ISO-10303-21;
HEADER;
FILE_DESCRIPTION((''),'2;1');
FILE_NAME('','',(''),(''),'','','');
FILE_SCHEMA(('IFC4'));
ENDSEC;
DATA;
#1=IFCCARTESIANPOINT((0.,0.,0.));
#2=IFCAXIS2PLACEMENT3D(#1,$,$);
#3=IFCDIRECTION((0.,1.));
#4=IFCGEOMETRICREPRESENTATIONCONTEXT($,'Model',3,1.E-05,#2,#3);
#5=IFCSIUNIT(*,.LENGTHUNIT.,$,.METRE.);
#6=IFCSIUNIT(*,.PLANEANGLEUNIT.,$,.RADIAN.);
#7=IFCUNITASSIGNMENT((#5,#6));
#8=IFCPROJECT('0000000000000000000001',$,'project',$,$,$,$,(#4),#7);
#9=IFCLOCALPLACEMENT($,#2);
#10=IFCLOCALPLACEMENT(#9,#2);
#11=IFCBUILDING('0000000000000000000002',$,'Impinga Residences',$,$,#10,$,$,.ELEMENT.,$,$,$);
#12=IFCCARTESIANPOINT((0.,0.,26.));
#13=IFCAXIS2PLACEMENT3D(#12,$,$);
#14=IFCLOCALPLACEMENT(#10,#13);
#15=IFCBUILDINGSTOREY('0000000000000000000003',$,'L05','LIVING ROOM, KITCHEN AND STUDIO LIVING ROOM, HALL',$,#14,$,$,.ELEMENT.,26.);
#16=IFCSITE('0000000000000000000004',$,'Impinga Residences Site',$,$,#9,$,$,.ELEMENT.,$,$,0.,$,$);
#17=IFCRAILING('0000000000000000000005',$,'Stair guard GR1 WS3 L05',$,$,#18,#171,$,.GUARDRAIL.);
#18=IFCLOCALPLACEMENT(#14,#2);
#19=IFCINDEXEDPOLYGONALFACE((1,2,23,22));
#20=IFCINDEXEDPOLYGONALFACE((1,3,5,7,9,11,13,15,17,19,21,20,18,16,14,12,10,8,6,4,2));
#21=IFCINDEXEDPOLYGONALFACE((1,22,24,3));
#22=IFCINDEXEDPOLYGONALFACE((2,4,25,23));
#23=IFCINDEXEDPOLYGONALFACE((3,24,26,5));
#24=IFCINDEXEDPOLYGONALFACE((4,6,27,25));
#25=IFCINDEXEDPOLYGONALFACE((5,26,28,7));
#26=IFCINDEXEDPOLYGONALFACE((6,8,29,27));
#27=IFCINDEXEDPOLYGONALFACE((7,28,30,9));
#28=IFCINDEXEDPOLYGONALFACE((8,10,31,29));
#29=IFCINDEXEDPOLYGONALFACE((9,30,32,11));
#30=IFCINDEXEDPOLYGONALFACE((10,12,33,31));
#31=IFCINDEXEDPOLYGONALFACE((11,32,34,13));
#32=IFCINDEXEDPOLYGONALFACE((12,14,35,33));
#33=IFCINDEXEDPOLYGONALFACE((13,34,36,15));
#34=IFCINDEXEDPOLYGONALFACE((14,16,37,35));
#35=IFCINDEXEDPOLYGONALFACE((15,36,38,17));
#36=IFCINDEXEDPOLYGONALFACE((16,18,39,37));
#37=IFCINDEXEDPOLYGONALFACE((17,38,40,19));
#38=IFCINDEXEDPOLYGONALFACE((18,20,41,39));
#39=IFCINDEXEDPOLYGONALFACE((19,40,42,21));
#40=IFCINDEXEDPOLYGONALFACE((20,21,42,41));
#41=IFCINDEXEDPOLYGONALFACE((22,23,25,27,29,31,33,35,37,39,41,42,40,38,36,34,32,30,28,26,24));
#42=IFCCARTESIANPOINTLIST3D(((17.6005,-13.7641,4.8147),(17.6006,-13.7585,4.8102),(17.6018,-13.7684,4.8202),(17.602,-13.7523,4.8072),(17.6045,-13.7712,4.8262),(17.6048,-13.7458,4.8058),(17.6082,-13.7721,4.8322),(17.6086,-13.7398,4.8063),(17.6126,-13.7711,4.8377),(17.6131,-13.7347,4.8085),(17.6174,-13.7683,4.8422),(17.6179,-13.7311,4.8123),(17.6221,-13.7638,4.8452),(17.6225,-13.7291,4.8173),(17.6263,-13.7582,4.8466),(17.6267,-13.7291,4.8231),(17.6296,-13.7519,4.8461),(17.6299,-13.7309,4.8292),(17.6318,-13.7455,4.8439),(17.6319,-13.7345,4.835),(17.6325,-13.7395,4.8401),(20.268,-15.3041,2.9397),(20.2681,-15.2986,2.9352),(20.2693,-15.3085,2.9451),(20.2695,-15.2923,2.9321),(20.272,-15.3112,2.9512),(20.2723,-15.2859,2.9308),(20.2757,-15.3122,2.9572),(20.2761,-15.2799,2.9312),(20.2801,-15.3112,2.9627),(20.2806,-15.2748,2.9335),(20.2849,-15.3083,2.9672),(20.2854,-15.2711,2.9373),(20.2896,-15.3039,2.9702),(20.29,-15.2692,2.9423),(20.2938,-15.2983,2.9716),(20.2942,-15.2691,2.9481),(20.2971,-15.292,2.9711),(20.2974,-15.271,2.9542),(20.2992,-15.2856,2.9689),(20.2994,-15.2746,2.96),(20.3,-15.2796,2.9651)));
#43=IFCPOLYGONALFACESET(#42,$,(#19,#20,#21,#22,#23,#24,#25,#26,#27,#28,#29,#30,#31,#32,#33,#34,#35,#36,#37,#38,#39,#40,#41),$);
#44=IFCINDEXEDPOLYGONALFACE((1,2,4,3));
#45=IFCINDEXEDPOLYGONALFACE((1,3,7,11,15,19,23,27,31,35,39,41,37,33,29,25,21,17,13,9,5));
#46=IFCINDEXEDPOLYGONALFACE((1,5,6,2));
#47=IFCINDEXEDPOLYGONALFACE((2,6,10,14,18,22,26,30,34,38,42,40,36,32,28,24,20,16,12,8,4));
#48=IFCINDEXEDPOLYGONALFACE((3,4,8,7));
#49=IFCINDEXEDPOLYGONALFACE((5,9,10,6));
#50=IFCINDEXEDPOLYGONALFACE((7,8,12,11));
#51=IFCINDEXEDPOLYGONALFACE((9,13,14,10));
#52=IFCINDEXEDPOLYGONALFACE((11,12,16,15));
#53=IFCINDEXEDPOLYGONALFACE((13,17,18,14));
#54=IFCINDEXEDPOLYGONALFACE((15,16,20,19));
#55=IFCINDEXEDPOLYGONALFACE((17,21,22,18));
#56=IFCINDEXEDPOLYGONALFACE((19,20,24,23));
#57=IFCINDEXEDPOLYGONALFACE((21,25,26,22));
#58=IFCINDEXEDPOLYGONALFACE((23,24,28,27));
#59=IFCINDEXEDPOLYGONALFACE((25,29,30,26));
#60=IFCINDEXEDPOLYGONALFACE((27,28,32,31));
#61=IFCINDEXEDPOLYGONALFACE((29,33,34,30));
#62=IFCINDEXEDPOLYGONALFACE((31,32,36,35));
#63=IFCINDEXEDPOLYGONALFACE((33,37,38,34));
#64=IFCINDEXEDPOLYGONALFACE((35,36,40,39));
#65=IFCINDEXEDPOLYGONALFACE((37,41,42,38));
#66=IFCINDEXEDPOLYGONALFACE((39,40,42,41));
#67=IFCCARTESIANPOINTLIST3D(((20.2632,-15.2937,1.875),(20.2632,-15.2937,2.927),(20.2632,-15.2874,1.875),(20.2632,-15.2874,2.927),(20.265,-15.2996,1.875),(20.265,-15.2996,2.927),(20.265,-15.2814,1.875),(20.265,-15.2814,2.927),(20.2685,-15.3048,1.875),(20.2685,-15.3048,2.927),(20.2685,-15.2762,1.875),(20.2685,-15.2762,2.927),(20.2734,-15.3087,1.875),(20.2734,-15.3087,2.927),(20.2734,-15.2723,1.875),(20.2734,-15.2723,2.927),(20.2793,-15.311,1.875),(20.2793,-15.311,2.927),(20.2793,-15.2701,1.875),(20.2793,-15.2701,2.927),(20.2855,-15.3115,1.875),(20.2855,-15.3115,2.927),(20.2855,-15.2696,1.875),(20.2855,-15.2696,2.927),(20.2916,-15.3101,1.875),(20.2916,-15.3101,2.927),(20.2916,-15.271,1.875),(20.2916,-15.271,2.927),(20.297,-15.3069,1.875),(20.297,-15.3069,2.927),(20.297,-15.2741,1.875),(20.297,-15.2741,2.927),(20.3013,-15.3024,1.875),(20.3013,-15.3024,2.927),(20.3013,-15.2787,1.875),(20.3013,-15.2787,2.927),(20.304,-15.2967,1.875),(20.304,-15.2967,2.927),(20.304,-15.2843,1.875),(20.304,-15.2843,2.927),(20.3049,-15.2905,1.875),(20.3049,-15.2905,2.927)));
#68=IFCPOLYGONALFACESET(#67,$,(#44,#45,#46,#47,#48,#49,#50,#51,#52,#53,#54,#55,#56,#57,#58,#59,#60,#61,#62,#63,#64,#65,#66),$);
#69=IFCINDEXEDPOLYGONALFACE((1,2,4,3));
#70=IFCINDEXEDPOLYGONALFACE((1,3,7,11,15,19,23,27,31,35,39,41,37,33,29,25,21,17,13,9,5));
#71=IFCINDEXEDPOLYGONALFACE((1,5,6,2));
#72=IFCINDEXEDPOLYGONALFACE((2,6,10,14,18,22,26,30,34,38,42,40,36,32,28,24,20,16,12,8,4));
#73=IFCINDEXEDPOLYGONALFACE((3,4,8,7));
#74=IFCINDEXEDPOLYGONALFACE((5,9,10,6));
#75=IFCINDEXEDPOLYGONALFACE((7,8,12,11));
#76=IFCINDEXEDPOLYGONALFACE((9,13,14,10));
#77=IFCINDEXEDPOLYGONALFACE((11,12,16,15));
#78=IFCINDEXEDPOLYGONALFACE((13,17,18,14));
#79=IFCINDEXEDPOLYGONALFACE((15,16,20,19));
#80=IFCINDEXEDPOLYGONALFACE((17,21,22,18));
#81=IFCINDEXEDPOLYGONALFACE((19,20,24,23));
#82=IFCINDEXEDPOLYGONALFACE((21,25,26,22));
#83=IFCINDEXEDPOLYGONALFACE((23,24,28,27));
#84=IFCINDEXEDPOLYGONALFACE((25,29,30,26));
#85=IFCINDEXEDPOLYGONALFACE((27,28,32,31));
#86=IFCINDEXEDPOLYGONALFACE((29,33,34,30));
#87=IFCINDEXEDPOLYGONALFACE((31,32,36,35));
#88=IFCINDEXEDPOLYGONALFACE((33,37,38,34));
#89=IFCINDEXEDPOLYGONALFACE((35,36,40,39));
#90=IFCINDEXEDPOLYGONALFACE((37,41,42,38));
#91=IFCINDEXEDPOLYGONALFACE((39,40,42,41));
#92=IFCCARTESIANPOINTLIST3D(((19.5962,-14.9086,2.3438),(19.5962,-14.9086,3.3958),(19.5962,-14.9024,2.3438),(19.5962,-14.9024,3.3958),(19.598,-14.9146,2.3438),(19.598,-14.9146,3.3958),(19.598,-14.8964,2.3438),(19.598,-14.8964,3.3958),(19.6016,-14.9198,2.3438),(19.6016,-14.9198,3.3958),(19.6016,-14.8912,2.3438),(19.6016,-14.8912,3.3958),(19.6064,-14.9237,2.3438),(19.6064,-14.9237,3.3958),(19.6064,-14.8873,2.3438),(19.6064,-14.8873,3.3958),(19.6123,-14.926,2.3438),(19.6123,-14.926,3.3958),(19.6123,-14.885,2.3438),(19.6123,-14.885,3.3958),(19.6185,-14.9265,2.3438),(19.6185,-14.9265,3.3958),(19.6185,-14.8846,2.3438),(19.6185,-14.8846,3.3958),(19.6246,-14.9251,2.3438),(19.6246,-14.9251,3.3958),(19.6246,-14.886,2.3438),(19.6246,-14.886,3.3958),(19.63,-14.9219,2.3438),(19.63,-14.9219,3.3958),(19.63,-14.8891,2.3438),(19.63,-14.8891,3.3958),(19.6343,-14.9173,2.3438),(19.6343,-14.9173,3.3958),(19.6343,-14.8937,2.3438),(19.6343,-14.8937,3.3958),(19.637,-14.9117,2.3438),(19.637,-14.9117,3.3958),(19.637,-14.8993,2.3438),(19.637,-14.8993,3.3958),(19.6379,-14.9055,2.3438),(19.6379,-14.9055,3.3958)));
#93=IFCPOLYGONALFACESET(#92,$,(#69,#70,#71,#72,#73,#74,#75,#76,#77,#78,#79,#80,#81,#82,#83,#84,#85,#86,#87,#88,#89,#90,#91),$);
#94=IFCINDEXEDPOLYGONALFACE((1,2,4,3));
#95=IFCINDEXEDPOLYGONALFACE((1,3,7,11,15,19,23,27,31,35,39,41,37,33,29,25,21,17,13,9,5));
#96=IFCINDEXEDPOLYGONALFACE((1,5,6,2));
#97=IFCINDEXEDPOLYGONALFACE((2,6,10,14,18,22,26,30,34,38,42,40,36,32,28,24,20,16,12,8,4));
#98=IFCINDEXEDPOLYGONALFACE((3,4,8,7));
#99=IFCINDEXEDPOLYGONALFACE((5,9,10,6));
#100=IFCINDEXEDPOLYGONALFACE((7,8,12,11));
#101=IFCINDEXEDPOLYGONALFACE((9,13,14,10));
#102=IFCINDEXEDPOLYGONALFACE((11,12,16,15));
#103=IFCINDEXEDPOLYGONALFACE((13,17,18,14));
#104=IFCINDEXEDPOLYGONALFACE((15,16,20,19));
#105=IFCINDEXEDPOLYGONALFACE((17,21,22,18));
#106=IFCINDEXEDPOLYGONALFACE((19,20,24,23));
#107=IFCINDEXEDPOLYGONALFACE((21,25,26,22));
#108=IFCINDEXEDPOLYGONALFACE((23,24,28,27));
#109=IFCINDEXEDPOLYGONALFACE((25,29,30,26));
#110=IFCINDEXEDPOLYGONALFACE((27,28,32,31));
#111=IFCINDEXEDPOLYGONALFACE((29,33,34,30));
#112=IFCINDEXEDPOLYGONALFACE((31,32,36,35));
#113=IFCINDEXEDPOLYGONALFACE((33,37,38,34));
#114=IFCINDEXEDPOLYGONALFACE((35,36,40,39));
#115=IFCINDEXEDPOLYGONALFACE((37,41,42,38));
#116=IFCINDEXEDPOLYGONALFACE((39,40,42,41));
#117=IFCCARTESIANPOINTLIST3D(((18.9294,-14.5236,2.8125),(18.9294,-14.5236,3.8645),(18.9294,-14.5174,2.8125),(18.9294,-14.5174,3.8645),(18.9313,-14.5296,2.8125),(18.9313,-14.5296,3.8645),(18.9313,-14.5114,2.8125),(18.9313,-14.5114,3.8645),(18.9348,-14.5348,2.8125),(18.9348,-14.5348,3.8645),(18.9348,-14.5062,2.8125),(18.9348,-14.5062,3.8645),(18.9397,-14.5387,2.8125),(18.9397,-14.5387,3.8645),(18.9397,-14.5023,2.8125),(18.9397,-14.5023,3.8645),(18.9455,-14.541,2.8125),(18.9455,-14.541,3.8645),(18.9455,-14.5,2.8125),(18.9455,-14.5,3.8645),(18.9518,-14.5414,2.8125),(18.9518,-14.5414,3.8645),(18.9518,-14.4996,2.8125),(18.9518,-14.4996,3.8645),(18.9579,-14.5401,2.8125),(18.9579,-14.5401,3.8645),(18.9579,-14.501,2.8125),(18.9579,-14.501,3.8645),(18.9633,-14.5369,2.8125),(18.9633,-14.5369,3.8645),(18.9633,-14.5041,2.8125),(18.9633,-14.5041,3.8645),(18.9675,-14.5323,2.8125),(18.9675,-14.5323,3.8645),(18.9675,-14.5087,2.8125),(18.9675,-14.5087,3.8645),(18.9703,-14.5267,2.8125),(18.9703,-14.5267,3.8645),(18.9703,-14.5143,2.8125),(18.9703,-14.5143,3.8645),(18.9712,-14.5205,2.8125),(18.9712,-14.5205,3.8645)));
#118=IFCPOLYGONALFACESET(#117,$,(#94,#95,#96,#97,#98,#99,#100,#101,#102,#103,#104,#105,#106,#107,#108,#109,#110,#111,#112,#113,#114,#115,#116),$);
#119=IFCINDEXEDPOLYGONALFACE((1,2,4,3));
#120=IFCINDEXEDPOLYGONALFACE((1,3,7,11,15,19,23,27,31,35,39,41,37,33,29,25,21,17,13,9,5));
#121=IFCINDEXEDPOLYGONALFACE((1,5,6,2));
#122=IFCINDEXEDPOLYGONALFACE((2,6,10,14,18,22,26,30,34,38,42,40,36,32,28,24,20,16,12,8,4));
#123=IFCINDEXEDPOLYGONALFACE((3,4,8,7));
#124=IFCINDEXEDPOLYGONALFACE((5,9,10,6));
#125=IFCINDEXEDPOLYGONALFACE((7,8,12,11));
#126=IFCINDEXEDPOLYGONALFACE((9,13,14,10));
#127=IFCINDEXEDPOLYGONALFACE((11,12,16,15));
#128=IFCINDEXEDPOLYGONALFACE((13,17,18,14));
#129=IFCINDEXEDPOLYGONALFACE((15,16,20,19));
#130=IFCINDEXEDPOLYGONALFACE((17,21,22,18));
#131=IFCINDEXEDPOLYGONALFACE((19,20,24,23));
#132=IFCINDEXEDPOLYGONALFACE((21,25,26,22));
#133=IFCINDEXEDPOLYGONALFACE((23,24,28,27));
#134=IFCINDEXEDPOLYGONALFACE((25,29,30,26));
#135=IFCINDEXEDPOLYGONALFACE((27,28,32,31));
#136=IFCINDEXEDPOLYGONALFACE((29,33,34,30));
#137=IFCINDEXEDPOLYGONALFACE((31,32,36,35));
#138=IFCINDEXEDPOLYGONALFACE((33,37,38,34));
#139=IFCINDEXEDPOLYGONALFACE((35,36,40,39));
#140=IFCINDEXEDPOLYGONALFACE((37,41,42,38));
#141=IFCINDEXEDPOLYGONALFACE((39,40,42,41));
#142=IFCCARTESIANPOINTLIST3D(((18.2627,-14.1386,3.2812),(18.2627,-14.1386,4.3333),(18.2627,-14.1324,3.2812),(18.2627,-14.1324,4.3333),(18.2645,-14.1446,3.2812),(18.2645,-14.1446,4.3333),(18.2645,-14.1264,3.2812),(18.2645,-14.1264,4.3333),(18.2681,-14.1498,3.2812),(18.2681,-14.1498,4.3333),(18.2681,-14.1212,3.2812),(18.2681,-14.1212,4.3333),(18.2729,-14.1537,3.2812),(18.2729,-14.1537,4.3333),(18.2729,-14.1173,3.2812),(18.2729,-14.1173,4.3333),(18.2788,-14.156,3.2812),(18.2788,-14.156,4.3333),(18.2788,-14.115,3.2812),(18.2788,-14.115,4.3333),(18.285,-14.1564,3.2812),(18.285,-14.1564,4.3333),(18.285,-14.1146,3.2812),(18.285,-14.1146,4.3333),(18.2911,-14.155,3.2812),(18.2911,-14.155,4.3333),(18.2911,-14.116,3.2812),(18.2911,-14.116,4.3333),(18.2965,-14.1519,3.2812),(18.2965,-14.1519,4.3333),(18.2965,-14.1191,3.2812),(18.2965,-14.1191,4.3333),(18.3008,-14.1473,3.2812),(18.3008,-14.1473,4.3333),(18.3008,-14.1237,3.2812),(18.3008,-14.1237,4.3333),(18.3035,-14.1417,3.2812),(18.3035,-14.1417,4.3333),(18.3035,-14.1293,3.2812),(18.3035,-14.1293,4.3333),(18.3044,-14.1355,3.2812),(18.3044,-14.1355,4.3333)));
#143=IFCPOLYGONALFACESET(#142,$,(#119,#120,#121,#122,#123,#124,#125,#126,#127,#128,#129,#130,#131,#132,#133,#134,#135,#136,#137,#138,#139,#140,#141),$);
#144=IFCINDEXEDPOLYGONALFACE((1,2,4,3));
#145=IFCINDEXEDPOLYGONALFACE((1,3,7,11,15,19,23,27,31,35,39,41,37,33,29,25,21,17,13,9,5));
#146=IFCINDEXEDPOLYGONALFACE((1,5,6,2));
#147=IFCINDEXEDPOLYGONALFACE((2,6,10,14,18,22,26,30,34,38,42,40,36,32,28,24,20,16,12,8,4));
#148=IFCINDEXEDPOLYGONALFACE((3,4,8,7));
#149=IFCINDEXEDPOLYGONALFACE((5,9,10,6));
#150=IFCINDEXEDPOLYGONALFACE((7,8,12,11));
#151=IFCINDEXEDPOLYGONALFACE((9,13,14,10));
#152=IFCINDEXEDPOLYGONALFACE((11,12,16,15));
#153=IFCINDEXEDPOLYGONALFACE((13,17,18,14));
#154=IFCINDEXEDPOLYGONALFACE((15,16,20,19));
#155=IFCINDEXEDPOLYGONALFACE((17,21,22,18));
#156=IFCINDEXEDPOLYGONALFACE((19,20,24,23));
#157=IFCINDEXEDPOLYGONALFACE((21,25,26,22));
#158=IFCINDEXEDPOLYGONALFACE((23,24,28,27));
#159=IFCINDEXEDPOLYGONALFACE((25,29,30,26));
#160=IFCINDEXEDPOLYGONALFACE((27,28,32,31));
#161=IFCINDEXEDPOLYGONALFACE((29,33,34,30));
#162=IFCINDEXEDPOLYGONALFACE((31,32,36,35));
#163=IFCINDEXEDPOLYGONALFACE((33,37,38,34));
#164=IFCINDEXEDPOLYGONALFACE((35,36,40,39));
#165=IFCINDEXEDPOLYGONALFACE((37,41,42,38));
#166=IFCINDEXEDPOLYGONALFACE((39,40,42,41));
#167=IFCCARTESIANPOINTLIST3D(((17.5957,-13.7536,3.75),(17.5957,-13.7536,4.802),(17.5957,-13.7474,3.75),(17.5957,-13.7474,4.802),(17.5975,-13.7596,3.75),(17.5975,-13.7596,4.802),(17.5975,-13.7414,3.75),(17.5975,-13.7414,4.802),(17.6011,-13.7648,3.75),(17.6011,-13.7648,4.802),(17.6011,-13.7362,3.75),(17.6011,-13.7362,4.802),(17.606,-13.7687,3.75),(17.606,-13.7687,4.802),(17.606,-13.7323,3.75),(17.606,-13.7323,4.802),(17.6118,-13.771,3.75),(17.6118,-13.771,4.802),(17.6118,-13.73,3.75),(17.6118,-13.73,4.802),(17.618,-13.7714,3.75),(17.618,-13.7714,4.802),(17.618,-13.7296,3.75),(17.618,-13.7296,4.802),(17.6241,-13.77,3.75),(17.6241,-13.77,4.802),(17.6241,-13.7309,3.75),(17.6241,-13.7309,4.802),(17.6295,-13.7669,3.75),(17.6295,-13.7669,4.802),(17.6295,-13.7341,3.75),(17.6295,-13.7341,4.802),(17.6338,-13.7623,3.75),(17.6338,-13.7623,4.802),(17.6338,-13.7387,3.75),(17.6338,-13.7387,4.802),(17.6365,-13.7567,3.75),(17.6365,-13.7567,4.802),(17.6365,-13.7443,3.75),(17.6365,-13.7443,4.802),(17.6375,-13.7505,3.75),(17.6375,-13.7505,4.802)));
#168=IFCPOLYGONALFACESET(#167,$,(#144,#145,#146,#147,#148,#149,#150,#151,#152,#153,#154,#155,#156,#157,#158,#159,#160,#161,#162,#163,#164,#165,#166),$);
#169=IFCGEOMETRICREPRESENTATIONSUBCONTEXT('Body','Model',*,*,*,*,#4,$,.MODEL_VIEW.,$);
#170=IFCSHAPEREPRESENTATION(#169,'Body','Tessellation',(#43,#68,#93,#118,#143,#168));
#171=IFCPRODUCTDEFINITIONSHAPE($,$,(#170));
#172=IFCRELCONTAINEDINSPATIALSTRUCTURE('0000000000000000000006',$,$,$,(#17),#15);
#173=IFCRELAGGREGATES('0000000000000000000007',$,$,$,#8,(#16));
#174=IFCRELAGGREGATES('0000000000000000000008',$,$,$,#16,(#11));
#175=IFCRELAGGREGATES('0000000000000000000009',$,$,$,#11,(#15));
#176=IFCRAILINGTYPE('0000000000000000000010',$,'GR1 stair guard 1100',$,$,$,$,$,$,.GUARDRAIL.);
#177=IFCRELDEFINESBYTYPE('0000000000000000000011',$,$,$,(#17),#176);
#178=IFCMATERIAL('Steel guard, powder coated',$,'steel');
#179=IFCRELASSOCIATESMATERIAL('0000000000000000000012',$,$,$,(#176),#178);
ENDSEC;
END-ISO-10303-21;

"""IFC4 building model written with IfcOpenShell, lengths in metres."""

from ifc_helpers import new_model, si_unit, direction, frame, origin, origin_2d, place, context, subcontext, project, spatial, circle, extrude, material, type_object, element, save


model = new_model("IFC4")

# Units and contexts
model_context = context("Model", 3, precision=1e-05, world=origin(), true_north=direction((0.0, 1.0)))
body_context = subcontext(model_context, "Body", "Model", "MODEL_VIEW")
ifc_project = project(units=[si_unit("LENGTHUNIT", "METRE"), si_unit("PLANEANGLEUNIT", "RADIAN")], contexts=[model_context])

# Site, building, storey
site_placement = place(None, origin())
site = spatial("IfcSite", under=ifc_project, at=site_placement, Name="Impinga Residences Site", CompositionType="ELEMENT", RefElevation=0.0)
building_placement = place(site_placement, origin())
building = spatial("IfcBuilding", under=site, at=building_placement, Name="Impinga Residences", CompositionType="ELEMENT")
storey_placement = place(building_placement, frame((0.0, 0.0, 26.0)))
storey = spatial("IfcBuildingStorey", under=building, at=storey_placement, Name="L05", Description="LIVING ROOM, KITCHEN AND STUDIO LIVING ROOM, HALL", CompositionType="ELEMENT", Elevation=26.0)

# Railing
ifc_material_1 = material(Name="Steel guard, powder coated", Category="steel")
railing_type_1 = type_object("IfcRailingType", Name="GR1 stair guard 1100", PredefinedType="GUARDRAIL", material=ifc_material_1)
railing_1_placement = place(storey_placement, frame((20.2839, -15.2905, 1.875)))
element("IfcRailing", 1, at=railing_1_placement, inside=storey, type_object=railing_type_1, Name="Stair guard GR1 WS3 L05", PredefinedType="GUARDRAIL", context=body_context, shape_type="SweptSolid", body=[
    extrude(circle(Radius=0.0239, at=origin_2d()), frame((0.0, 0.0, 1.0762), z_axis=(-0.739746, 0.427084, 0.519975), x_axis=(-0.499992, -0.86603, 0.0)), (0.0, 0.0, 1.0), 3.606),
    extrude(circle(Radius=0.021, at=origin_2d()), origin(), (0.0, 0.0, 1.0), 1.052),
    extrude(circle(Radius=0.021, at=origin_2d()), frame((-0.667, 0.385, 0.4688)), (0.0, 0.0, 1.0), 1.052),
    extrude(circle(Radius=0.021, at=origin_2d()), frame((-1.3337, 0.77, 0.9375)), (0.0, 0.0, 1.0), 1.052),
    extrude(circle(Radius=0.021, at=origin_2d()), frame((-2.0005, 1.155, 1.4062)), (0.0, 0.0, 1.0), 1.052),
    extrude(circle(Radius=0.021, at=origin_2d()), frame((-2.6675, 1.54, 1.875)), (0.0, 0.0, 1.0), 1.052),
])

save(model, "model.ifc")
